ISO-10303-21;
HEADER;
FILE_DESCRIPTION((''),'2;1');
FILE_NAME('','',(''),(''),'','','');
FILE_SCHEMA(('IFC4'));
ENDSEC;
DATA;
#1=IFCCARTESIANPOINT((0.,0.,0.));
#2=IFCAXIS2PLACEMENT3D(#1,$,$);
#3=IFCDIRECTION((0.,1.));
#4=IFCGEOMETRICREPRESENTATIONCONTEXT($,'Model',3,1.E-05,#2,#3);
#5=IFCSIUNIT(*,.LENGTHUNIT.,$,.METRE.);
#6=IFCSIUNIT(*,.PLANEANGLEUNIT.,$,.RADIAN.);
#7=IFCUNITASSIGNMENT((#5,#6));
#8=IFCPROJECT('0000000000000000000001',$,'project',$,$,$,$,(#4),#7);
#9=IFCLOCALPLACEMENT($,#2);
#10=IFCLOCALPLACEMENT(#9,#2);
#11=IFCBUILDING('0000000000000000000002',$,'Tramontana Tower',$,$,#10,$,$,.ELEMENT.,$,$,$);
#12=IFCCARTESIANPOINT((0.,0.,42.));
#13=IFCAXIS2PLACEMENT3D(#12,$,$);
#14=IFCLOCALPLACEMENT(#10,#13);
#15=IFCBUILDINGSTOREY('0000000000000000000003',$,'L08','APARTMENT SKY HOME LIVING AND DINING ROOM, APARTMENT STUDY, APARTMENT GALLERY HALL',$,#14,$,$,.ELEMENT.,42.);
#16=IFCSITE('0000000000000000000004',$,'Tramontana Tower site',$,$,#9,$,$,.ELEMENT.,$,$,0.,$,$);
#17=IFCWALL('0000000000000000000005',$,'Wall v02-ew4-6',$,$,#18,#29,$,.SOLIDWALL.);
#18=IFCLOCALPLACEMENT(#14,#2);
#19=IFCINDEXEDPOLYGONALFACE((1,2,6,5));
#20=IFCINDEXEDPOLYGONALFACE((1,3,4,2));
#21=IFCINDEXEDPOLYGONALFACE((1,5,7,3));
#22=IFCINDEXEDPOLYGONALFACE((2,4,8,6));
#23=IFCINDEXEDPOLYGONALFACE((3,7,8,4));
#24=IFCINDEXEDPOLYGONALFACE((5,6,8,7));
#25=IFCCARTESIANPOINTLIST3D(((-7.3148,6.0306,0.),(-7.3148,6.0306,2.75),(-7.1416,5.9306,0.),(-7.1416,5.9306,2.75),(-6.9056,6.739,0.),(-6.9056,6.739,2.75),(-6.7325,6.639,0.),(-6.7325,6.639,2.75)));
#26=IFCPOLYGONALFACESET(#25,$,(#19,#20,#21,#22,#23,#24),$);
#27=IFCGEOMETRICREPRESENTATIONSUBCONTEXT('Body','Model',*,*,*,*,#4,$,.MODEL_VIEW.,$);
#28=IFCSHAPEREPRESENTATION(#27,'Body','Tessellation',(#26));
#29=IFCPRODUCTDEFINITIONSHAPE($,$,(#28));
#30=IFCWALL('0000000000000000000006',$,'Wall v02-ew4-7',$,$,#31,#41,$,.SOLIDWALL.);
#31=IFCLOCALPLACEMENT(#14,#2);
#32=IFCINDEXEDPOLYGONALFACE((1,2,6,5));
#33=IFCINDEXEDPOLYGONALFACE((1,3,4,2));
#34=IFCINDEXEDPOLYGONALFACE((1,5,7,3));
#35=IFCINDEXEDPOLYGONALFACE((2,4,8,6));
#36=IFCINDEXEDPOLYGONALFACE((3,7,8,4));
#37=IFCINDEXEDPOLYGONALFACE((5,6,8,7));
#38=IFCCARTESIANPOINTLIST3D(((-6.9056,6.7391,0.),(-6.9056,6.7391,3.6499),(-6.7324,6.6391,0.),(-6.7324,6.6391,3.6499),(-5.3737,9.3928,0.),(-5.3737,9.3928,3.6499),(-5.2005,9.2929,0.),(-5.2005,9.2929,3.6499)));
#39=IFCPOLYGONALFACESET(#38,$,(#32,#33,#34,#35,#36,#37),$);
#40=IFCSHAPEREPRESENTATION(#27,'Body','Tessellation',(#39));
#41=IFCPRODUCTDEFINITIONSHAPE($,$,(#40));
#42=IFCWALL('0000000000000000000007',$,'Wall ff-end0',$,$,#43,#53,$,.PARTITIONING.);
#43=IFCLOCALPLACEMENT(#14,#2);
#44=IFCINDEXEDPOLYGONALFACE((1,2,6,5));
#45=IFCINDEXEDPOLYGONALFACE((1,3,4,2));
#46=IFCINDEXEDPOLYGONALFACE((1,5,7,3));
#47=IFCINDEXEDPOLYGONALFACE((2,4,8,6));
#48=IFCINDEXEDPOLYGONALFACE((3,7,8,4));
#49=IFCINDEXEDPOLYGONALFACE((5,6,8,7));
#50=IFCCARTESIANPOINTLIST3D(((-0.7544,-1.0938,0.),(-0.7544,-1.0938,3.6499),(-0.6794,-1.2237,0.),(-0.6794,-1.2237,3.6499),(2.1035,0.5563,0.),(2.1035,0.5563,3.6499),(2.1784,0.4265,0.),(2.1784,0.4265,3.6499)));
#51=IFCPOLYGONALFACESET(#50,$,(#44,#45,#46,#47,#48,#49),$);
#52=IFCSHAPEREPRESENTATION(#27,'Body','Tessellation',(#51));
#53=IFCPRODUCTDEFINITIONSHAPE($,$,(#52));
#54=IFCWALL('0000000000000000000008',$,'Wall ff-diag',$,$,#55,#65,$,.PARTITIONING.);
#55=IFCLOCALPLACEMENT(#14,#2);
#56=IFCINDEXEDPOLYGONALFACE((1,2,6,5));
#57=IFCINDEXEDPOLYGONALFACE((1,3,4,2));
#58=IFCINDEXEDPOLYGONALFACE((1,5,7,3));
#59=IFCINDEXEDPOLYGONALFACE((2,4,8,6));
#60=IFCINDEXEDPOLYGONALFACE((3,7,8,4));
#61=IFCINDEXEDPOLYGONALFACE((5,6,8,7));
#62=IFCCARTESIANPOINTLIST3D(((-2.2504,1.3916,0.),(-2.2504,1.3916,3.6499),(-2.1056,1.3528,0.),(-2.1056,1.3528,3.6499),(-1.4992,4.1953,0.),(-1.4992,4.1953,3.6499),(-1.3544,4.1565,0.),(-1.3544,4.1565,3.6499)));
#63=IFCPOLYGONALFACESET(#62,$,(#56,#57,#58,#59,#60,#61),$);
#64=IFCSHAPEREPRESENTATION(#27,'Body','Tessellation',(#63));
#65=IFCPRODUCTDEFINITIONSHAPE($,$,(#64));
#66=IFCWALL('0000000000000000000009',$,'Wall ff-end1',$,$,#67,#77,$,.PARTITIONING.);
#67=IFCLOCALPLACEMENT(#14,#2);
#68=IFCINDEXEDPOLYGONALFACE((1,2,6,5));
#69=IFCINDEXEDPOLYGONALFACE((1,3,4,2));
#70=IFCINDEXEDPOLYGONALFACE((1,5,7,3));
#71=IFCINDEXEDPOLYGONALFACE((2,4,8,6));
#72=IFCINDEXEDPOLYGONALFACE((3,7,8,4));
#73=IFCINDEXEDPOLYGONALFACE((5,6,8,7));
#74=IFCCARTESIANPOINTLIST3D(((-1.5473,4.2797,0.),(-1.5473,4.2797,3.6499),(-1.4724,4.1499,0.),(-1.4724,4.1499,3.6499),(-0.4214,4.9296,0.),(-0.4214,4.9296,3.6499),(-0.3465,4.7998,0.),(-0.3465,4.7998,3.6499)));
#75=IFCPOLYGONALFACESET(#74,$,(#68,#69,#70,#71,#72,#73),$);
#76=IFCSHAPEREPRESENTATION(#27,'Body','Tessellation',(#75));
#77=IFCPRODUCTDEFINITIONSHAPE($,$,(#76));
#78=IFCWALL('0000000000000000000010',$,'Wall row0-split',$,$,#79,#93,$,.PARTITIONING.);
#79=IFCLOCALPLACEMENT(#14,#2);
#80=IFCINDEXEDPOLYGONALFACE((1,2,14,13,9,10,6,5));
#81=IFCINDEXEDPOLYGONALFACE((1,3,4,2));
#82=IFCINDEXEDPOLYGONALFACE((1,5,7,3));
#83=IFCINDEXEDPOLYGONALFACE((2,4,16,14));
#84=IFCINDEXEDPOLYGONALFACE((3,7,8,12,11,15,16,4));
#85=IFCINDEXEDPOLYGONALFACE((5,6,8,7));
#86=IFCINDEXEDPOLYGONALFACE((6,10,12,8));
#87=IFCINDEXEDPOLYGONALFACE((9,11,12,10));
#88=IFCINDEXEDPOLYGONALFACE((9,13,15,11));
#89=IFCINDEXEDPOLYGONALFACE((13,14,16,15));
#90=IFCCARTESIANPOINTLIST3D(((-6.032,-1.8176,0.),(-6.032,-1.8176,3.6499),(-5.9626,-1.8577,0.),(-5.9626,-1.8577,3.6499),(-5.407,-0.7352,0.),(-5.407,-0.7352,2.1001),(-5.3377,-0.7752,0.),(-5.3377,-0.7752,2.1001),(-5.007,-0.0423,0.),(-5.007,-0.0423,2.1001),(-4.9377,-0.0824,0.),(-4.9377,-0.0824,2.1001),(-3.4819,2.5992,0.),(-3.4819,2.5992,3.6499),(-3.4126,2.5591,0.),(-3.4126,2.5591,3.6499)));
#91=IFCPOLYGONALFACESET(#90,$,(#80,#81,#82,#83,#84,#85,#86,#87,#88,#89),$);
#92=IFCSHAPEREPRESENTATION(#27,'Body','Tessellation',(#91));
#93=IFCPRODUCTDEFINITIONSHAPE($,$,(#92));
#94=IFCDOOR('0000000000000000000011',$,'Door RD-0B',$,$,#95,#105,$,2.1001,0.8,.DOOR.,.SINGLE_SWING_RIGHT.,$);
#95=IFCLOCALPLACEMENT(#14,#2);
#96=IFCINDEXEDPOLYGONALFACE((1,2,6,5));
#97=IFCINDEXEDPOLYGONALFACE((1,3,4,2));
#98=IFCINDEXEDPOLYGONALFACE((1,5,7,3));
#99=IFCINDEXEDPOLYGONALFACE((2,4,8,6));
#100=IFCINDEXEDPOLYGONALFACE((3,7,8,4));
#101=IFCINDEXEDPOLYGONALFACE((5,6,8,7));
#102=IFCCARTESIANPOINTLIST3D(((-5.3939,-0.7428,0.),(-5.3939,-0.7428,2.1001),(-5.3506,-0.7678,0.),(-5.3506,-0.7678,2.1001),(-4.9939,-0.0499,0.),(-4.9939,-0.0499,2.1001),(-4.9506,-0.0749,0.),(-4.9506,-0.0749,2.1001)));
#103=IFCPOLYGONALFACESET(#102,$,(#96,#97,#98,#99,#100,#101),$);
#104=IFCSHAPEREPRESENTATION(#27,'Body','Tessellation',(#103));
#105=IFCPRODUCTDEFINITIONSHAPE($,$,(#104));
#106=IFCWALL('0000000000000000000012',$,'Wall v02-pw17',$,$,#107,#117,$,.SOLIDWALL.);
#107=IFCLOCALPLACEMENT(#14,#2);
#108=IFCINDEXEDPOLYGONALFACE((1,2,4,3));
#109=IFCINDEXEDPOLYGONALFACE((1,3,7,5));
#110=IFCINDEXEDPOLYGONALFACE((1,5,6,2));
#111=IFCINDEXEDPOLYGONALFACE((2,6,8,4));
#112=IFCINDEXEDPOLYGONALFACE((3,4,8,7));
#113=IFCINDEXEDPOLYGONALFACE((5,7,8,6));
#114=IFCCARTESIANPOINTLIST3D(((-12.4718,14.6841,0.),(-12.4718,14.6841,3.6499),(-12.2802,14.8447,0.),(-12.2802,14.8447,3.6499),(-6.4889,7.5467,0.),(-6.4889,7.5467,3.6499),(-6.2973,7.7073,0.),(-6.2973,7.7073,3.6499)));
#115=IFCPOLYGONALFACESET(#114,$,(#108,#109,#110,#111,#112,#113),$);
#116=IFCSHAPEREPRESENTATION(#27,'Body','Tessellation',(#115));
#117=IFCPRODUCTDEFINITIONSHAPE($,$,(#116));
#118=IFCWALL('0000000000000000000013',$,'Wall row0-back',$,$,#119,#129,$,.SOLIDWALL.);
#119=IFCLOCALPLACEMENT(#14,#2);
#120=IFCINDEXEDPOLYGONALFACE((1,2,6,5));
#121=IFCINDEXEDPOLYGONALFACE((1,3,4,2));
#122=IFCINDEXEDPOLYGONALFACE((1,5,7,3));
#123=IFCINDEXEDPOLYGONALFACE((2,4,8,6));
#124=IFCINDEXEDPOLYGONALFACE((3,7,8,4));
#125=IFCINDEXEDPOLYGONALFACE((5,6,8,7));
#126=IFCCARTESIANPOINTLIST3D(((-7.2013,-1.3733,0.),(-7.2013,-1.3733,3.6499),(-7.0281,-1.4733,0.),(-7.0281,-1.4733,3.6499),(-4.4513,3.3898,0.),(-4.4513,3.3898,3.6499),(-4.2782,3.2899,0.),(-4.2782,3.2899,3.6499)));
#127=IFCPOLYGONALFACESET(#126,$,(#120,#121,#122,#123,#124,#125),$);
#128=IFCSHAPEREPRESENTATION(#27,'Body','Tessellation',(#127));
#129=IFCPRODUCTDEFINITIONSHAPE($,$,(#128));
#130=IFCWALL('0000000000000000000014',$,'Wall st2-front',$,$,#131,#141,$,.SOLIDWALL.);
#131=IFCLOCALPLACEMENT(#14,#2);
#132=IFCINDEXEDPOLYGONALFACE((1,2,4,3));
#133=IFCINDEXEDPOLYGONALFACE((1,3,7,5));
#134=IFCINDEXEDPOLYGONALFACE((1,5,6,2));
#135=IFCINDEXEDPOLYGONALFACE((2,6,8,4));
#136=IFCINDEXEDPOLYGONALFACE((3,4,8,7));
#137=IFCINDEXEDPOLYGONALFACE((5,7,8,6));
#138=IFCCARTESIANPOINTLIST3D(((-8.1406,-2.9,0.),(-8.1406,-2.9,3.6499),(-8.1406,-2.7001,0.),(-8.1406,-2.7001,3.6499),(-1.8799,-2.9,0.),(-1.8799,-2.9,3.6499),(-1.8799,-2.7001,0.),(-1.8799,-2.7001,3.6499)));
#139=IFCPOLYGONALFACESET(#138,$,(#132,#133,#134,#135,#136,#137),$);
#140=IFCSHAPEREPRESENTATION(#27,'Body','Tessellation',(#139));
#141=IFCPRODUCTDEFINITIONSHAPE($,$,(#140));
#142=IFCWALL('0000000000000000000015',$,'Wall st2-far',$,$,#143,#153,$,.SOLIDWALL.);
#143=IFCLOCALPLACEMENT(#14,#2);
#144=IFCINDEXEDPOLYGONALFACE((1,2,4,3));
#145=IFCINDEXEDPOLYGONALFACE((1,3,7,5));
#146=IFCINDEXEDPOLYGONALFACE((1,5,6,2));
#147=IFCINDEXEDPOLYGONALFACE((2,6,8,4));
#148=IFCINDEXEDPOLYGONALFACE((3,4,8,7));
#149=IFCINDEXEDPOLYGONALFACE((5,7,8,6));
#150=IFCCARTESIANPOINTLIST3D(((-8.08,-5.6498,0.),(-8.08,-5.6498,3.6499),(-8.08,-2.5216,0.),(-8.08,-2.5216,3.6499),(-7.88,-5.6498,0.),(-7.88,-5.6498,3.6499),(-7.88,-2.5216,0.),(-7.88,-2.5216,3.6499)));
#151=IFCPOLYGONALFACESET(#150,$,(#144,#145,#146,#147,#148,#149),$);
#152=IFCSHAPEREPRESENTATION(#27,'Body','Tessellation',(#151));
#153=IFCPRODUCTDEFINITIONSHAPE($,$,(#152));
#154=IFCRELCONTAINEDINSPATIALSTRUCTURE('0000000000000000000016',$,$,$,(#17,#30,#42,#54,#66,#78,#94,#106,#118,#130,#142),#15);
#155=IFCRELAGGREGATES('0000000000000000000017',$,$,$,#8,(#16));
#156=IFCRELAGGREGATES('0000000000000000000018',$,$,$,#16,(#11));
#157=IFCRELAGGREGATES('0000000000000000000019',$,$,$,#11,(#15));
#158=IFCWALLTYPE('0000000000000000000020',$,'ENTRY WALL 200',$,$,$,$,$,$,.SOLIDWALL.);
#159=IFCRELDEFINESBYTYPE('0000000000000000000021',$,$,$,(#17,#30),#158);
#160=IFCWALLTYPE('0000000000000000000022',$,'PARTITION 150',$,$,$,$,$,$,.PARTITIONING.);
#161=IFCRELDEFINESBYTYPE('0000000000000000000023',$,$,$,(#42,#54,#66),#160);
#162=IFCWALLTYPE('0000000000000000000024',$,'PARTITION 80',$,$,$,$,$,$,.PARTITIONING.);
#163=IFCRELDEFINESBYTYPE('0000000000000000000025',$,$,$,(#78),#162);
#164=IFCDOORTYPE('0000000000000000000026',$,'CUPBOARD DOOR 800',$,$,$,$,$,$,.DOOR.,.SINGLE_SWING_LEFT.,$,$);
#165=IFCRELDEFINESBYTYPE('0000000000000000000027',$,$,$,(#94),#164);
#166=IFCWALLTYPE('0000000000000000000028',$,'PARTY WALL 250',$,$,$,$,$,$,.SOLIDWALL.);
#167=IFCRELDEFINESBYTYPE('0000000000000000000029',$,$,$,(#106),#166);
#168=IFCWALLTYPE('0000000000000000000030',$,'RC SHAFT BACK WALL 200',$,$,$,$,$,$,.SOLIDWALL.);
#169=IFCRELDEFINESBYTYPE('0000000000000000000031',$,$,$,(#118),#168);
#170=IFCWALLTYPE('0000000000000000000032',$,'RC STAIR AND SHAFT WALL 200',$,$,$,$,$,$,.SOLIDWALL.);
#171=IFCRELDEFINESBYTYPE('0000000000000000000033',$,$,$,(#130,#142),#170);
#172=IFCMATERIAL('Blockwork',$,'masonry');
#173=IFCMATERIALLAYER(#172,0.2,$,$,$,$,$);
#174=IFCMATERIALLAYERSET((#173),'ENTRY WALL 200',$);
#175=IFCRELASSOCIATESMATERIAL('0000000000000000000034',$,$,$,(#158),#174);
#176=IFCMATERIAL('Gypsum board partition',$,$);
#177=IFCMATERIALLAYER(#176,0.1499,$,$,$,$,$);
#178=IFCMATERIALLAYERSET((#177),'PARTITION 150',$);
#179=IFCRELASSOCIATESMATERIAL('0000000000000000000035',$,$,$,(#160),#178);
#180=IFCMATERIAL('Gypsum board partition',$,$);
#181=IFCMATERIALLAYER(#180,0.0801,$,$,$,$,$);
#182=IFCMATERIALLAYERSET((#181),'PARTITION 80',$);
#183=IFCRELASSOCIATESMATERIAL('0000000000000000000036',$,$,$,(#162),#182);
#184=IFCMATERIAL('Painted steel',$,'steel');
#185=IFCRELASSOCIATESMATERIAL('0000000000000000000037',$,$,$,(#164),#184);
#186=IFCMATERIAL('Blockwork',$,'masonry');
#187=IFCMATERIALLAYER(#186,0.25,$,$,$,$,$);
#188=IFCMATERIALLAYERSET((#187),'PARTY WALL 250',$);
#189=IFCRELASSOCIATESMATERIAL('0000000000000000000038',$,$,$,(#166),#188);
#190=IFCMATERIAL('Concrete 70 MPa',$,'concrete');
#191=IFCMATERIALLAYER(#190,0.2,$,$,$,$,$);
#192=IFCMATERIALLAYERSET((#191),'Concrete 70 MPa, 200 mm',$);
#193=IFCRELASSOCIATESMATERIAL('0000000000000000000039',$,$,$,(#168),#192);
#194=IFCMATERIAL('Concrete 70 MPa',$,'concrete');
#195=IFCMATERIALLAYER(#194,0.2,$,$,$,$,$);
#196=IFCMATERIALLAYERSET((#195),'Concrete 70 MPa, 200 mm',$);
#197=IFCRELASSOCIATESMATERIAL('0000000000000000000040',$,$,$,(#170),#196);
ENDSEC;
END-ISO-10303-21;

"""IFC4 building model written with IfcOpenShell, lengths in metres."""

from ifc_helpers import new_model, si_unit, direction, frame, frame_2d, origin, place, context, subcontext, project, spatial, rectangle, extrude, material, layer, layer_set, type_object, element, fill, save


model = new_model("IFC4")

# Units and contexts
model_context = context("Model", 3, precision=1e-05, world=origin(), true_north=direction((0.0, 1.0)))
body_context = subcontext(model_context, "Body", "Model", "MODEL_VIEW")
ifc_project = project(units=[si_unit("LENGTHUNIT", "METRE"), si_unit("PLANEANGLEUNIT", "RADIAN")], contexts=[model_context])

# Site, building, storey
site_placement = place(None, origin())
site = spatial("IfcSite", under=ifc_project, at=site_placement, Name="Tramontana Tower site", CompositionType="ELEMENT", RefElevation=0.0)
building_placement = place(site_placement, origin())
building = spatial("IfcBuilding", under=site, at=building_placement, Name="Tramontana Tower", CompositionType="ELEMENT")
storey_placement = place(building_placement, frame((0.0, 0.0, 42.0)))
storey = spatial("IfcBuildingStorey", under=building, at=storey_placement, Name="L08", Description="APARTMENT SKY HOME LIVING AND DINING ROOM, APARTMENT STUDY, APARTMENT GALLERY HALL", CompositionType="ELEMENT", Elevation=42.0)

# Walls
ifc_material_1 = material(Name="Blockwork", Category="masonry")
ifc_layer_1 = layer(ifc_material_1, 0.2)
ifc_layer_set_1 = layer_set([ifc_layer_1], Name="ENTRY WALL 200")
wall_type_1 = type_object("IfcWallType", Name="ENTRY WALL 200", PredefinedType="SOLIDWALL", material=ifc_layer_set_1)
wall_1_placement = place(storey_placement, frame((-7.2283, 5.9805, 0.0), z_axis=(0.0, 0.0, 1.0), x_axis=(0.500119, 0.865957, 0.0)))
element("IfcWall", 1, at=wall_1_placement, inside=storey, type_object=wall_type_1, Name="Wall v02-ew4-6", PredefinedType="SOLIDWALL", context=body_context, shape_type="SweptSolid", body=[
    extrude(rectangle(XDim=0.8181, YDim=0.2, at=frame_2d((0.4092, 0.0))), origin(), (0.0, 0.0, 1.0), 2.75),
])
wall_2_placement = place(storey_placement, frame((-6.8191, 6.689, 0.0), z_axis=(0.0, 0.0, 1.0), x_axis=(0.499952, 0.866053, 0.0)))
element("IfcWall", 2, at=wall_2_placement, inside=storey, type_object=wall_type_1, Name="Wall v02-ew4-7", PredefinedType="SOLIDWALL", context=body_context, shape_type="SweptSolid", body=[
    extrude(rectangle(XDim=3.0642, YDim=0.2, at=frame_2d((1.5322, 0.0))), origin(), (0.0, 0.0, 1.0), 3.6499),
])

# Shared definitions
ifc_material_2 = material(Name="Gypsum board partition")
ifc_layer_2 = layer(ifc_material_2, 0.1499)
ifc_layer_set_2 = layer_set([ifc_layer_2], Name="PARTITION 150")
wall_type_2 = type_object("IfcWallType", Name="PARTITION 150", PredefinedType="PARTITIONING", material=ifc_layer_set_2)

# Walls
wall_3_placement = place(storey_placement, frame((-0.7168, -1.1587, 0.0), z_axis=(0.0, 0.0, 1.0), x_axis=(0.866008, 0.50003, 0.0)))
element("IfcWall", 3, at=wall_3_placement, inside=storey, type_object=wall_type_2, Name="Wall ff-end0", PredefinedType="PARTITIONING", context=body_context, shape_type="SweptSolid", body=[
    extrude(rectangle(XDim=3.3, YDim=0.1499, at=frame_2d((1.6499, 0.0))), origin(), (0.0, 0.0, 1.0), 3.6499),
])
wall_4_placement = place(storey_placement, frame((-2.178, 1.3723, 0.0), z_axis=(0.0, 0.0, 1.0), x_axis=(0.258809, 0.965929, 0.0)))
element("IfcWall", 4, at=wall_4_placement, inside=storey, type_object=wall_type_2, Name="Wall ff-diag", PredefinedType="PARTITIONING", context=body_context, shape_type="SweptSolid", body=[
    extrude(rectangle(XDim=2.9026, YDim=0.1499, at=frame_2d((1.4512, 0.0))), origin(), (0.0, 0.0, 1.0), 3.6499),
])
wall_5_placement = place(storey_placement, frame((-1.5098, 4.2148, 0.0), z_axis=(0.0, 0.0, 1.0), x_axis=(0.866086, 0.499896, 0.0)))
element("IfcWall", 5, at=wall_5_placement, inside=storey, type_object=wall_type_2, Name="Wall ff-end1", PredefinedType="PARTITIONING", context=body_context, shape_type="SweptSolid", body=[
    extrude(rectangle(XDim=1.3, YDim=0.1499, at=frame_2d((0.6499, 0.0))), origin(), (0.0, 0.0, 1.0), 3.6499),
])

# Wall, opening, door
ifc_material_3 = material(Name="Gypsum board partition")
ifc_layer_3 = layer(ifc_material_3, 0.0801)
ifc_layer_set_3 = layer_set([ifc_layer_3], Name="PARTITION 80")
wall_type_3 = type_object("IfcWallType", Name="PARTITION 80", PredefinedType="PARTITIONING", material=ifc_layer_set_3)
wall_6_placement = place(storey_placement, frame((-5.9973, -1.8376, 0.0), z_axis=(0.0, 0.0, 1.0), x_axis=(0.500006, 0.866022, 0.0)))
wall_6 = element("IfcWall", 6, at=wall_6_placement, inside=storey, type_object=wall_type_3, Name="Wall row0-split", PredefinedType="PARTITIONING", context=body_context, shape_type="SweptSolid", body=[
    extrude(rectangle(XDim=5.1001, YDim=0.0801, at=frame_2d((2.55, 0.0))), origin(), (0.0, 0.0, 1.0), 3.6499),
])
opening_1_placement = place(wall_6_placement, frame((1.25, 0.0, 0.0)))
opening_1 = element("IfcOpeningElement", 7, at=opening_1_placement, cuts=wall_6, PredefinedType="OPENING", context=body_context, shape_type="SweptSolid", body=[
    extrude(rectangle(XDim=0.8, YDim=2.1001, at=frame_2d((0.3999, 1.05))), frame((0.0, 0.05, 0.0), z_axis=(0.0, -1.0, 0.0), x_axis=(1.0, 0.0, 0.0)), (0.0, 0.0, 1.0), 0.1001),
])
ifc_material_4 = material(Name="Painted steel", Category="steel")
door_type_1 = type_object("IfcDoorType", Name="CUPBOARD DOOR 800", OperationType="SINGLE_SWING_LEFT", PredefinedType="DOOR", material=ifc_material_4)
door_1_placement = place(opening_1_placement, origin())
door_1 = element("IfcDoor", 8, at=door_1_placement, inside=storey, type_object=door_type_1, Name="Door RD-0B", OperationType="SINGLE_SWING_RIGHT", OverallHeight=2.1001, OverallWidth=0.8, PredefinedType="DOOR", context=body_context, shape_type="SweptSolid", body=[
    extrude(rectangle(XDim=0.8, YDim=2.1001, at=frame_2d((0.3999, 1.05))), frame((0.0, 0.0249, 0.0), z_axis=(0.0, -1.0, 0.0), x_axis=(1.0, 0.0, 0.0)), (0.0, 0.0, 1.0), 0.05),
])
fill(opening_1, door_1)

# Walls
ifc_material_5 = material(Name="Blockwork", Category="masonry")
ifc_layer_4 = layer(ifc_material_5, 0.25)
ifc_layer_set_4 = layer_set([ifc_layer_4], Name="PARTY WALL 250")
wall_type_4 = type_object("IfcWallType", Name="PARTY WALL 250", PredefinedType="SOLIDWALL", material=ifc_layer_set_4)
wall_7_placement = place(storey_placement, frame((-6.3931, 7.627, 0.0), z_axis=(0.0, 0.0, 1.0), x_axis=(-0.642402, 0.766368, 0.0)))
element("IfcWall", 9, at=wall_7_placement, inside=storey, type_object=wall_type_4, Name="Wall v02-pw17", PredefinedType="SOLIDWALL", context=body_context, shape_type="SweptSolid", body=[
    extrude(rectangle(XDim=9.3132, YDim=0.25, at=frame_2d((4.6567, 0.0))), origin(), (0.0, 0.0, 1.0), 3.6499),
])
ifc_material_6 = material(Name="Concrete 70 MPa", Category="concrete")
ifc_layer_5 = layer(ifc_material_6, 0.2)
ifc_layer_set_5 = layer_set([ifc_layer_5], Name="Concrete 70 MPa, 200 mm")
wall_type_5 = type_object("IfcWallType", Name="RC SHAFT BACK WALL 200", PredefinedType="SOLIDWALL", material=ifc_layer_set_5)
wall_8_placement = place(storey_placement, frame((-4.3647, 3.3398, 0.0), z_axis=(0.0, 0.0, 1.0), x_axis=(-0.499997, -0.866027, 0.0)))
element("IfcWall", 10, at=wall_8_placement, inside=storey, type_object=wall_type_5, Name="Wall row0-back", PredefinedType="SOLIDWALL", context=body_context, shape_type="SweptSolid", body=[
    extrude(rectangle(XDim=5.5, YDim=0.2, at=frame_2d((2.75, 0.0))), origin(), (0.0, 0.0, 1.0), 3.6499),
])

# Shared definitions
ifc_material_7 = material(Name="Concrete 70 MPa", Category="concrete")
ifc_layer_6 = layer(ifc_material_7, 0.2)
ifc_layer_set_6 = layer_set([ifc_layer_6], Name="Concrete 70 MPa, 200 mm")
wall_type_6 = type_object("IfcWallType", Name="RC STAIR AND SHAFT WALL 200", PredefinedType="SOLIDWALL", material=ifc_layer_set_6)

# Walls
wall_9_placement = place(storey_placement, frame((-8.1406, -2.8, 0.0), z_axis=(0.0, 0.0, 1.0), x_axis=(1.0, 0.0, 0.0)))
element("IfcWall", 11, at=wall_9_placement, inside=storey, type_object=wall_type_6, Name="Wall st2-front", PredefinedType="SOLIDWALL", context=body_context, shape_type="SweptSolid", body=[
    extrude(rectangle(XDim=6.2607, YDim=0.2, at=frame_2d((3.1304, 0.0))), origin(), (0.0, 0.0, 1.0), 3.6499),
])
wall_10_placement = place(storey_placement, frame((-7.98, -2.5217, 0.0), z_axis=(0.0, 0.0, 1.0), x_axis=(0.0, -1.0, 0.0)))
element("IfcWall", 12, at=wall_10_placement, inside=storey, type_object=wall_type_6, Name="Wall st2-far", PredefinedType="SOLIDWALL", context=body_context, shape_type="SweptSolid", body=[
    extrude(rectangle(XDim=3.1282, YDim=0.2, at=frame_2d((1.564, 0.0))), origin(), (0.0, 0.0, 1.0), 3.6499),
])

save(model, "model.ifc")
